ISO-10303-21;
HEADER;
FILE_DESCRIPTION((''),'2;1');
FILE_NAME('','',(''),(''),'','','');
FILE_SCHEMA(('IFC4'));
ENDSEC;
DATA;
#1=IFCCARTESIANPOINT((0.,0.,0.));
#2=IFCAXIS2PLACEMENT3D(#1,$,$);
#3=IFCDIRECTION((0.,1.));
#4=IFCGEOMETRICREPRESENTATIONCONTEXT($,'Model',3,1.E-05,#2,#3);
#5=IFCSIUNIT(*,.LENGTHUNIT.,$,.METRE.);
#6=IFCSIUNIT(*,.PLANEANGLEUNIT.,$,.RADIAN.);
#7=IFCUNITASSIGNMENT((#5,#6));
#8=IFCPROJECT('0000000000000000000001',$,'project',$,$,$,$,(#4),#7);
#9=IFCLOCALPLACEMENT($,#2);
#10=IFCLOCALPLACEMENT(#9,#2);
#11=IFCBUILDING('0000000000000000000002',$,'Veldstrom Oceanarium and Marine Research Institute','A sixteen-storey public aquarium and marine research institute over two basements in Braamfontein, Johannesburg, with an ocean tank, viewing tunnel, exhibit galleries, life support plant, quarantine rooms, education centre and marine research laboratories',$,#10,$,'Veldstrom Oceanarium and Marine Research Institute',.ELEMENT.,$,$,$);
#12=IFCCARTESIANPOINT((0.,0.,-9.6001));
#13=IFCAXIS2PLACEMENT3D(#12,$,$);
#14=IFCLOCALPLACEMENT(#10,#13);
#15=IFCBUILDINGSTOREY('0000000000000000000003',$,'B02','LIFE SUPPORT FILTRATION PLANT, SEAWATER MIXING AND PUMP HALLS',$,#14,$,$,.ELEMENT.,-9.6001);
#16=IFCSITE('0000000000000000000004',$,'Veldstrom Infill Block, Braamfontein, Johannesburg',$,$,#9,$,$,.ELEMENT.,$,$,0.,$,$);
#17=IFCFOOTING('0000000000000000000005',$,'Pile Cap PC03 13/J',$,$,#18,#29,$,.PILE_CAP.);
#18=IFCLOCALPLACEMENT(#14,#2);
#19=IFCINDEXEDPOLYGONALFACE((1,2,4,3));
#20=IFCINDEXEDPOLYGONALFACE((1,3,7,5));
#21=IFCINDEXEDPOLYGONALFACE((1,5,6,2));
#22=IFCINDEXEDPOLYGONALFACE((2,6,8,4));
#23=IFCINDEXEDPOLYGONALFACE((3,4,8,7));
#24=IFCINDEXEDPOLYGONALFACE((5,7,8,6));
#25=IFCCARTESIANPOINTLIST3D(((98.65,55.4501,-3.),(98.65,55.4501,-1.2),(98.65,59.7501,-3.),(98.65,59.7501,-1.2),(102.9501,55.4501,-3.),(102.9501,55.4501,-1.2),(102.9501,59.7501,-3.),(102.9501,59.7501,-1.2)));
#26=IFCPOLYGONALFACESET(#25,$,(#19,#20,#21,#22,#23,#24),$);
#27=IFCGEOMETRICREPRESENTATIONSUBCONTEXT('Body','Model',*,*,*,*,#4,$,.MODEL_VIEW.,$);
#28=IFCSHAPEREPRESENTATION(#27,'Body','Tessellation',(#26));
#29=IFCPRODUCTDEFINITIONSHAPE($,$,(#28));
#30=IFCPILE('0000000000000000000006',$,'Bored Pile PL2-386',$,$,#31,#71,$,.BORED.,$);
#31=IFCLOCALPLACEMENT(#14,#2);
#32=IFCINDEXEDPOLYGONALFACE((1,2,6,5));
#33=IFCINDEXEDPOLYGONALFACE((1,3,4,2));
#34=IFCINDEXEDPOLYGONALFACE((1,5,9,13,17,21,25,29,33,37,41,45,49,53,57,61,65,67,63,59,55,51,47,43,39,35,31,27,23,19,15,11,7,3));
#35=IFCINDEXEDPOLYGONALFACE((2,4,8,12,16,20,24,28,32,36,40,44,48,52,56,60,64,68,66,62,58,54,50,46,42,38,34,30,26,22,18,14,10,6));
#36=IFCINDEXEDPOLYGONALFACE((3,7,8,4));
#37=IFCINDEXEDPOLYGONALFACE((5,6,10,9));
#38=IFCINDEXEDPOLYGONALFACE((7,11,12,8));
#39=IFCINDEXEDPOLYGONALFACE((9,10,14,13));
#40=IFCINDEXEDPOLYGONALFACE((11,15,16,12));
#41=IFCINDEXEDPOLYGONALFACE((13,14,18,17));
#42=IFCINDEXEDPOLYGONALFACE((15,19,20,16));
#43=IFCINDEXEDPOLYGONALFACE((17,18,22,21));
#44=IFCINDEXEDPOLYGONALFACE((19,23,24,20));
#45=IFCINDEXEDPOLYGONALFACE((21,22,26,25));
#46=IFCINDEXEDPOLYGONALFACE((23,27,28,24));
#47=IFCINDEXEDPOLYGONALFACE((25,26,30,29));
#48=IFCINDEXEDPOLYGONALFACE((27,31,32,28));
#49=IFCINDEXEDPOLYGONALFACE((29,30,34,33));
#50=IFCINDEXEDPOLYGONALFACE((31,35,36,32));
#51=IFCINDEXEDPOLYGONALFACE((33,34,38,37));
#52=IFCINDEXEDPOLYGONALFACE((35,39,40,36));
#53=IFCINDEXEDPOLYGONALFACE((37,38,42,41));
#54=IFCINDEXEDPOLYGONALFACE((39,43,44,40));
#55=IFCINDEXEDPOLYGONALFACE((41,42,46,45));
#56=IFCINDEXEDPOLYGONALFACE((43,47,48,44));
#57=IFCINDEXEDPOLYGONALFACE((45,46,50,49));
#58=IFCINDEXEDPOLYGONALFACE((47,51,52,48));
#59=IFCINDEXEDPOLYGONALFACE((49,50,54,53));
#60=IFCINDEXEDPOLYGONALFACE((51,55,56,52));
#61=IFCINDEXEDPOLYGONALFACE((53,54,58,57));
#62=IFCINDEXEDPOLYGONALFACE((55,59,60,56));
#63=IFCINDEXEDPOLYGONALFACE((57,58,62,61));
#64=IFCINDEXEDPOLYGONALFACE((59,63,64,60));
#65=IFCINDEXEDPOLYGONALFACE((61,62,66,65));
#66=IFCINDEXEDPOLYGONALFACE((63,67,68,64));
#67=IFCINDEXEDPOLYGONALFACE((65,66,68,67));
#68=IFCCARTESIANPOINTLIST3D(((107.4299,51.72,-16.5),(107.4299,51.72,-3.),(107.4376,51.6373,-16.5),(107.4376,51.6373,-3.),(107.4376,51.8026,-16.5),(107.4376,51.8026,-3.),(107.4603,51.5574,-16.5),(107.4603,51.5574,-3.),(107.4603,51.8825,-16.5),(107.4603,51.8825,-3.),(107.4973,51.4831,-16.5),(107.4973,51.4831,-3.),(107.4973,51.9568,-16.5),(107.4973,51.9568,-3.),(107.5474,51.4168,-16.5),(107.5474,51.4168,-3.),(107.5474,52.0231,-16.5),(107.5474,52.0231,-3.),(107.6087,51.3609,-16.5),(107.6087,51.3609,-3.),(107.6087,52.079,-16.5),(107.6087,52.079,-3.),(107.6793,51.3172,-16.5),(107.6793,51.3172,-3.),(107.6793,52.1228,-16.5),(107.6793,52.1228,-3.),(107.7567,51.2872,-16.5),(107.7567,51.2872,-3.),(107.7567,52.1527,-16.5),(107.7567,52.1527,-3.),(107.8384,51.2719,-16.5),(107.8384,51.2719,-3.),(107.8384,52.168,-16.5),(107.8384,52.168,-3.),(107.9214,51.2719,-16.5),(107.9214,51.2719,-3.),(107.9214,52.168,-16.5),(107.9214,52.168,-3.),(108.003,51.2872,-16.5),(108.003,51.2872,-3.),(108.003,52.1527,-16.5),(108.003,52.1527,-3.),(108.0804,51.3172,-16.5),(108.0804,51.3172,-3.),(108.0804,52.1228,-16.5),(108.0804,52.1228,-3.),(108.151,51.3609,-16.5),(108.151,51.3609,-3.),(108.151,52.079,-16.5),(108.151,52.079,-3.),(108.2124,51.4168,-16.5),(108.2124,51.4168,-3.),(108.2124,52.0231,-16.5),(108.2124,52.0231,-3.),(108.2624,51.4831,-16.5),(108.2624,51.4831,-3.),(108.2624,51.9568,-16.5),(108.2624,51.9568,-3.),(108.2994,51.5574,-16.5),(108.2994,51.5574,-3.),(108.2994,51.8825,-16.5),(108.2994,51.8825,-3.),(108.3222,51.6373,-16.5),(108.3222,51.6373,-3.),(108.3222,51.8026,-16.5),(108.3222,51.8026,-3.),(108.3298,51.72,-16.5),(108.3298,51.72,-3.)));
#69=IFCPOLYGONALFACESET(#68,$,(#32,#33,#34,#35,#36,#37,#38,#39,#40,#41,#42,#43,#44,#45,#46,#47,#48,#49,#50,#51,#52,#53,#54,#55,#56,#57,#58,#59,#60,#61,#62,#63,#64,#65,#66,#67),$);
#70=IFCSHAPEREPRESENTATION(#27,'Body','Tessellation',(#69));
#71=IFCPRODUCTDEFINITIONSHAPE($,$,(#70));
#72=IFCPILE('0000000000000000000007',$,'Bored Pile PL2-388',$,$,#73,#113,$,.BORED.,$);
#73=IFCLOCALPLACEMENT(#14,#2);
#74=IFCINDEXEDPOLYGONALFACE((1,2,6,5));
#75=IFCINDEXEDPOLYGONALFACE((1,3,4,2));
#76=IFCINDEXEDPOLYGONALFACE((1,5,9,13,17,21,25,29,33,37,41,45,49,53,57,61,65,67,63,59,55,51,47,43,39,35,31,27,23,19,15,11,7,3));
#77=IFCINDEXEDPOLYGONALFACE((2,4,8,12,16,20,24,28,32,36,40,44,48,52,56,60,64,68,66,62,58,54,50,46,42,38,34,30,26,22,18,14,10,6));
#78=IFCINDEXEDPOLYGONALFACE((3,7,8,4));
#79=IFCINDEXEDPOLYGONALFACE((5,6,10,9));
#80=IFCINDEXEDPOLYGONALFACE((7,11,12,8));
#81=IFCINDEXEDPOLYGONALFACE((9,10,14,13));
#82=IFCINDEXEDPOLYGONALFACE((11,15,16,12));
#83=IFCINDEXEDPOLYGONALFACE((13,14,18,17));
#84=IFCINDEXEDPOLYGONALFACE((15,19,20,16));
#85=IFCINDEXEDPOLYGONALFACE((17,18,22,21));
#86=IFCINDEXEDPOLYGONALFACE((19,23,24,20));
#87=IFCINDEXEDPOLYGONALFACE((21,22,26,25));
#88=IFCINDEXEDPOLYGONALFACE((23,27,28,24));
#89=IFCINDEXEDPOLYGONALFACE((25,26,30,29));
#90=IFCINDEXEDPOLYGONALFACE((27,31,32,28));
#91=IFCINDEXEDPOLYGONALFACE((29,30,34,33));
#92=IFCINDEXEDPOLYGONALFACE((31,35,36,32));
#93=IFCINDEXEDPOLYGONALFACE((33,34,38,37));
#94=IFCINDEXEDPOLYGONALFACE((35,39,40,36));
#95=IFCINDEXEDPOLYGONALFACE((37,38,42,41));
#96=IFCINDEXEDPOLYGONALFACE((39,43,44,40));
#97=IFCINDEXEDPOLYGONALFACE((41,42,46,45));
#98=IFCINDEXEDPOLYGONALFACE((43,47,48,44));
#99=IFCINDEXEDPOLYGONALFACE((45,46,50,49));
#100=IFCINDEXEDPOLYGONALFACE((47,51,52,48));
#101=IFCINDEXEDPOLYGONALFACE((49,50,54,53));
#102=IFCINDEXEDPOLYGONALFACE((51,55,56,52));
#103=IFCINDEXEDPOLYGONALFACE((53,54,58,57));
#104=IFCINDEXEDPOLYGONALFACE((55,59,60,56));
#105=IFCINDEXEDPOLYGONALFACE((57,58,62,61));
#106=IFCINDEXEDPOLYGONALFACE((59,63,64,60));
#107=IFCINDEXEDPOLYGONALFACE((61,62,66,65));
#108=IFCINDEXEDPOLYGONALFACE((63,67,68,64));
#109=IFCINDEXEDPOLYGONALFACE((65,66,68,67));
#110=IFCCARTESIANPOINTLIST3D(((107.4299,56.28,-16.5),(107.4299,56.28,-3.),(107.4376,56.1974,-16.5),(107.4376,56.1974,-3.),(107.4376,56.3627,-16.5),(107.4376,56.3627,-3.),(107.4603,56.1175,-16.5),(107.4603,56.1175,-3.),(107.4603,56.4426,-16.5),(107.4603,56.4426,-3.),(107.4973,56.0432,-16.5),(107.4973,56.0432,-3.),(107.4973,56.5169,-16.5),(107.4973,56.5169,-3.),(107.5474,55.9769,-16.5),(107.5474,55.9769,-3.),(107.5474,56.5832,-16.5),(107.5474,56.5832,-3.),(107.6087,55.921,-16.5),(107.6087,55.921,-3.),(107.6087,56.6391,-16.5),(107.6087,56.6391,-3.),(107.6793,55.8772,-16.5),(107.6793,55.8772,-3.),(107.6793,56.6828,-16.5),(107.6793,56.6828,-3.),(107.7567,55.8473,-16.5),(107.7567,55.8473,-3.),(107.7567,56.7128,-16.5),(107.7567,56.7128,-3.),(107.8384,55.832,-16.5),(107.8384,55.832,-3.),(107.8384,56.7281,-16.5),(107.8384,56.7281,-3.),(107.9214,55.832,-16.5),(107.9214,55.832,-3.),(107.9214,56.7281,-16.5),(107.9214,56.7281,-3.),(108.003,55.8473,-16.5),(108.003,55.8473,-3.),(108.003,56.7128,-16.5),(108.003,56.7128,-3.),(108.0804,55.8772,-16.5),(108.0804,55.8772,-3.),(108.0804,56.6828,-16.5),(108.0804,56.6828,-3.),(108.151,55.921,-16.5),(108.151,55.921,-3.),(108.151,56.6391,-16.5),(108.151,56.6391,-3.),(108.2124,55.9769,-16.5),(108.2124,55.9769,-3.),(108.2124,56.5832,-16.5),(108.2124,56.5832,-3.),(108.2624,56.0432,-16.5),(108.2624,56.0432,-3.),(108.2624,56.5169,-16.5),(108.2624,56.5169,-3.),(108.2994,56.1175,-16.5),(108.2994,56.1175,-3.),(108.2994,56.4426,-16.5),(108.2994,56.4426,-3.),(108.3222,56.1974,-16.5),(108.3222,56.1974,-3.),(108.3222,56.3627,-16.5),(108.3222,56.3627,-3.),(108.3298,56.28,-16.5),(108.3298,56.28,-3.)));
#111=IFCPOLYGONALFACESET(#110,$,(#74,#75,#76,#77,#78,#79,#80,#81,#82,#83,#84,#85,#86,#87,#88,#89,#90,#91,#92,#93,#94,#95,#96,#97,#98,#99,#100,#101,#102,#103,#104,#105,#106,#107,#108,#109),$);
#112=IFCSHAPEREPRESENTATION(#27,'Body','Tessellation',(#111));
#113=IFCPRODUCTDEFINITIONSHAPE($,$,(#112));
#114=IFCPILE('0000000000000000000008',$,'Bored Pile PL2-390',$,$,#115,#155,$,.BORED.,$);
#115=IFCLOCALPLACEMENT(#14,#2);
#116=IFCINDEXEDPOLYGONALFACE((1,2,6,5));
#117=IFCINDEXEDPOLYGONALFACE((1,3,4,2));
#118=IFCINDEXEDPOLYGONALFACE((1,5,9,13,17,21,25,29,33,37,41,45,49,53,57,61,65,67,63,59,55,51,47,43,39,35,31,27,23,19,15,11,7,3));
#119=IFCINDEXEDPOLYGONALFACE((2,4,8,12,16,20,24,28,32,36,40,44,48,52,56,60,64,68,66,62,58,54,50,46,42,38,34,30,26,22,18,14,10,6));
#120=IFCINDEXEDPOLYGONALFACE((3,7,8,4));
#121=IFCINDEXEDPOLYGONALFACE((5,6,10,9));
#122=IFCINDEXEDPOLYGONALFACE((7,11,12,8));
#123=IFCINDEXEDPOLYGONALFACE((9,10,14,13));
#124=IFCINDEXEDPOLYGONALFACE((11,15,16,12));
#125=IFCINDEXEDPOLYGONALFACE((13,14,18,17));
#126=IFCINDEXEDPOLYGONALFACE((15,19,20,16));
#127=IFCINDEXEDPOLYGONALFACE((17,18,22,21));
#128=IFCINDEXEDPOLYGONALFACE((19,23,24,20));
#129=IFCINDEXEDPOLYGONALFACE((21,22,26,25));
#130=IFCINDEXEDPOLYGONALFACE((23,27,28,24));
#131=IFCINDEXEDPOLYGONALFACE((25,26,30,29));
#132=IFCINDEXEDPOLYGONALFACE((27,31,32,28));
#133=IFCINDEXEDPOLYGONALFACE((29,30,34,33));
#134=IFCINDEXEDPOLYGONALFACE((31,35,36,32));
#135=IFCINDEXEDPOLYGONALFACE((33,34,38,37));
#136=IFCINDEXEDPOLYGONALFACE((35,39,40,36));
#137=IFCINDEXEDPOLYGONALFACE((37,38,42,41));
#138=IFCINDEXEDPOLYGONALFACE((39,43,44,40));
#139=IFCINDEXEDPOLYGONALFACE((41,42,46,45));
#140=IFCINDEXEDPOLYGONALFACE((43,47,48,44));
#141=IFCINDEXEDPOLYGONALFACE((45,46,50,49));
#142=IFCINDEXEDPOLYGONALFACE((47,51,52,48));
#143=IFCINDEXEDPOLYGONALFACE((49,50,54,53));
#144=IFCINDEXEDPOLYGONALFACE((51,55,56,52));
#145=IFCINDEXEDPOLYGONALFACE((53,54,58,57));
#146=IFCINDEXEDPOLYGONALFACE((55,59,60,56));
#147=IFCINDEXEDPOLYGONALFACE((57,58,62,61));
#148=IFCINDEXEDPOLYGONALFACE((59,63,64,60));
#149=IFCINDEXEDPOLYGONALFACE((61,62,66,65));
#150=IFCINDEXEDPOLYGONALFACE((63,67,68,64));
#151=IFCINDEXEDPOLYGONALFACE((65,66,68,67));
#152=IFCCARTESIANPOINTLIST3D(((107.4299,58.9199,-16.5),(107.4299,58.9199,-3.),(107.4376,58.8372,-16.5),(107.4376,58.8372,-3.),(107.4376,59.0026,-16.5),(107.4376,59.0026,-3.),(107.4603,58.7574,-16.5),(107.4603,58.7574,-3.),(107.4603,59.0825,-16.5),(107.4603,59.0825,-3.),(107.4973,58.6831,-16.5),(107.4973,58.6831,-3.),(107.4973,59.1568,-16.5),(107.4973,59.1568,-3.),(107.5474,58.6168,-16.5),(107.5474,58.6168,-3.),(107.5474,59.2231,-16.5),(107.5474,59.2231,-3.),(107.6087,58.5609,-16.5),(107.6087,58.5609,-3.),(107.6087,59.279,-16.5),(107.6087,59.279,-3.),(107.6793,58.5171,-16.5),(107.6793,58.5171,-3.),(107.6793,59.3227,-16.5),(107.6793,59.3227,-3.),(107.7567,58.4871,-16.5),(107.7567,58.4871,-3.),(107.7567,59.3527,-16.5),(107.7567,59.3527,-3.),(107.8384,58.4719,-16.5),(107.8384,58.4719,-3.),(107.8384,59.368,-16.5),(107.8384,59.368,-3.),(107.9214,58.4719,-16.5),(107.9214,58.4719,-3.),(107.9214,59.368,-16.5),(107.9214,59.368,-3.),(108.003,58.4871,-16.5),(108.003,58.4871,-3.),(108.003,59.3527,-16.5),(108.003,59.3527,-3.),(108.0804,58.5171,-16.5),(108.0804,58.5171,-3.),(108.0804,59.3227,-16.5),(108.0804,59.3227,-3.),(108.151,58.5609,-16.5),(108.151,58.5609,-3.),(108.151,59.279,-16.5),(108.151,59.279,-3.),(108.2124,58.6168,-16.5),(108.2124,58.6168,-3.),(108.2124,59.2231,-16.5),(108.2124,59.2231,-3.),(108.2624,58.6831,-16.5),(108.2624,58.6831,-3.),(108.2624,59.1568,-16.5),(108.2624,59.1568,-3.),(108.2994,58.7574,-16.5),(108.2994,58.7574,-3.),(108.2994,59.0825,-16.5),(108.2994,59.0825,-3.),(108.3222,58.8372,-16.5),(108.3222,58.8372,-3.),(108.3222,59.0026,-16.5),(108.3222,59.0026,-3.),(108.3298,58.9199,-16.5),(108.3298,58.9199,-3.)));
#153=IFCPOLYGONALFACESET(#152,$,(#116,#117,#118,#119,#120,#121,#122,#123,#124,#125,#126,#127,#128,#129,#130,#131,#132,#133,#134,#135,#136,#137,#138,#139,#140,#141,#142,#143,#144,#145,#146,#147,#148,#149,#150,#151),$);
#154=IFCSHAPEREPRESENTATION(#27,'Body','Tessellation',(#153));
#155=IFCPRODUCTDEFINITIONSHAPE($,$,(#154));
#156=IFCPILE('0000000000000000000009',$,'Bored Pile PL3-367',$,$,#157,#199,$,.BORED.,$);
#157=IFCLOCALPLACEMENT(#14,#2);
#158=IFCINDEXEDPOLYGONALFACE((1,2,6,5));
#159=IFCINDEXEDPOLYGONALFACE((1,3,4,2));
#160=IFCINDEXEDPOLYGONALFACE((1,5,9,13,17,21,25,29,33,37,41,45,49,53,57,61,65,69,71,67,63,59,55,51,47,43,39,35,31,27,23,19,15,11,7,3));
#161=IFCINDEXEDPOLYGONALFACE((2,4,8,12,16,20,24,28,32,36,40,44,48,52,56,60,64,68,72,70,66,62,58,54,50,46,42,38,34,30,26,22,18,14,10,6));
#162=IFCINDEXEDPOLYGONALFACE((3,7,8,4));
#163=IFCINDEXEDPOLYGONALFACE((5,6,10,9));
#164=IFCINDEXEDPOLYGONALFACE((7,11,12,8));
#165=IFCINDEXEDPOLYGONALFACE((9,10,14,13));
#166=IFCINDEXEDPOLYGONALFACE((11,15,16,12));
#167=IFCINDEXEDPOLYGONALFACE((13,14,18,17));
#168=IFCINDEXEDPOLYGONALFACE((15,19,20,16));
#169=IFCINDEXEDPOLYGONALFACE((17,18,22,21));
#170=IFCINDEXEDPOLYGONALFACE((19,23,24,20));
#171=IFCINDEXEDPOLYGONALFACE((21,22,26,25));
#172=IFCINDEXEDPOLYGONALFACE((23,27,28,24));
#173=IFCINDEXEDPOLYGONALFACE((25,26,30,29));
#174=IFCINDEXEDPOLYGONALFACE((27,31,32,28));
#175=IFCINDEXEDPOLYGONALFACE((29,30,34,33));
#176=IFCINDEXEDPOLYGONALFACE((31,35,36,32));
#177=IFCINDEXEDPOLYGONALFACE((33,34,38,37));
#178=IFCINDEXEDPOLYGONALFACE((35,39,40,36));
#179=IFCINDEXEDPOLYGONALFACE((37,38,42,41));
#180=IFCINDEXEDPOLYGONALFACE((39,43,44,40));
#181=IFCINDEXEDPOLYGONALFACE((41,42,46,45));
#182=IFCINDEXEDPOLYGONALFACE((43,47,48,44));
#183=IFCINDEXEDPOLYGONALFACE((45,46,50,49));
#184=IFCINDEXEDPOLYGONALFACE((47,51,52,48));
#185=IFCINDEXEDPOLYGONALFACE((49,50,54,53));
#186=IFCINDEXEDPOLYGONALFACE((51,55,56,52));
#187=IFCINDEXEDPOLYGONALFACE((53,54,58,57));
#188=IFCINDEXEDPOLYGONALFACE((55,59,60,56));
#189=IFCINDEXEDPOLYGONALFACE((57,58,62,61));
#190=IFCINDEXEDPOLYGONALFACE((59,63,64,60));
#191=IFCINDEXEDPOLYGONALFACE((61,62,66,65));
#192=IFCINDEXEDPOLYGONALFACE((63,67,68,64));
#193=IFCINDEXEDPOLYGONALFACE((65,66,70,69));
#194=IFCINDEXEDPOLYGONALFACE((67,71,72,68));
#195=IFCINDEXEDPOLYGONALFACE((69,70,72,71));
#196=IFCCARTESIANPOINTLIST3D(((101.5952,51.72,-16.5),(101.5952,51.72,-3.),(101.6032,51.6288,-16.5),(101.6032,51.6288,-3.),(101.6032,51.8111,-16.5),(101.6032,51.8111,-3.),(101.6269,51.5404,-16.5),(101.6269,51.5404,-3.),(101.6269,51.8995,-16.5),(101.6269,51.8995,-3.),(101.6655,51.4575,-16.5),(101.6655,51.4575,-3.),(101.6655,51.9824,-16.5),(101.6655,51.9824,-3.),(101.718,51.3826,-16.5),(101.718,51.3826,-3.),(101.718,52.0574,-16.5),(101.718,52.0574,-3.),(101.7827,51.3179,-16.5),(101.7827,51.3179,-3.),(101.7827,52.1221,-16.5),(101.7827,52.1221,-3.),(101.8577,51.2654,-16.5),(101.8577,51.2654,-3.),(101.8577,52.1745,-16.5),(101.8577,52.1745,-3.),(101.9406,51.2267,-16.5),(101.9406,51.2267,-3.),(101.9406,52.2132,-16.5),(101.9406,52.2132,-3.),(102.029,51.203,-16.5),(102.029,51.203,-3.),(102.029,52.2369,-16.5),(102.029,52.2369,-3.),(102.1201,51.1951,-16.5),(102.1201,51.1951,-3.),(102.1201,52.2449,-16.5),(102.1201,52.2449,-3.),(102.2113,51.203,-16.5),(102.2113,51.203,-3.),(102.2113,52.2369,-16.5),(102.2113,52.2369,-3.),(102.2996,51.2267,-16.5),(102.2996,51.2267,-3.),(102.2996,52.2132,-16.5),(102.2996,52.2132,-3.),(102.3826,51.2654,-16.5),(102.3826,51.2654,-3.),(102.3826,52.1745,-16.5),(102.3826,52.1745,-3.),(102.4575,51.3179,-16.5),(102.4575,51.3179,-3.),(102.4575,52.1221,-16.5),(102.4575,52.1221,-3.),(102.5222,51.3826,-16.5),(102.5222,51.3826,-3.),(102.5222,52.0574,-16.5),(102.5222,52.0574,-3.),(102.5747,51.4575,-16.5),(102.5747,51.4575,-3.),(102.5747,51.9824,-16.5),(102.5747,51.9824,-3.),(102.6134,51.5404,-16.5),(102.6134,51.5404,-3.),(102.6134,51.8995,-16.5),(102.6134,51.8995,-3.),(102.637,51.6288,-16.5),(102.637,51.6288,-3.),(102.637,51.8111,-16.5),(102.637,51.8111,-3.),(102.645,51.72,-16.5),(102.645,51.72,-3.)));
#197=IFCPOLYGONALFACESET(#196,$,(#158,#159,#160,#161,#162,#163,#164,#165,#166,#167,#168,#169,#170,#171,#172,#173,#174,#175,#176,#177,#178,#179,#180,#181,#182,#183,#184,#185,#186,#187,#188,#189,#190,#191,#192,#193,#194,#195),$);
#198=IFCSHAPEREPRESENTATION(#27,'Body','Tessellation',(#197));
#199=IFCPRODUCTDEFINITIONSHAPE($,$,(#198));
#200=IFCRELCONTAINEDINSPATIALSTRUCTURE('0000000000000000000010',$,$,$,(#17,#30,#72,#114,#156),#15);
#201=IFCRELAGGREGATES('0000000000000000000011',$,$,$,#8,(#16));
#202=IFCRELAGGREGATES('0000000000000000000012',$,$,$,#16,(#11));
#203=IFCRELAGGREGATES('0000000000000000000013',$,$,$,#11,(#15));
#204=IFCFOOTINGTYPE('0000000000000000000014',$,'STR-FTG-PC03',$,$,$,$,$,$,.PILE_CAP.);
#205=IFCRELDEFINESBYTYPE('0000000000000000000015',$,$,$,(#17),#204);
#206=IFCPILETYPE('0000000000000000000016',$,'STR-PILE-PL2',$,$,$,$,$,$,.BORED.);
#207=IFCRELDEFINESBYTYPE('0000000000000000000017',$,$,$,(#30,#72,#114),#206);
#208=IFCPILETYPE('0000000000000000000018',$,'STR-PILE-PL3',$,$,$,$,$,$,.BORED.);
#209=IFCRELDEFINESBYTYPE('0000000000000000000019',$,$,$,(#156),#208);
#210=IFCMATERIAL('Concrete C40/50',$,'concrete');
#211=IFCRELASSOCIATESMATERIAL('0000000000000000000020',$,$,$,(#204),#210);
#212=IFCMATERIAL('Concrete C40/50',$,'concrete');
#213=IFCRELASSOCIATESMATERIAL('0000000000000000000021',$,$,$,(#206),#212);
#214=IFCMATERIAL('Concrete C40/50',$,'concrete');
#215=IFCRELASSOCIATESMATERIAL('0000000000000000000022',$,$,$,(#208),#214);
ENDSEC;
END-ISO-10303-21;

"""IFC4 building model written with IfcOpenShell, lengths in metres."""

from ifc_helpers import new_model, si_unit, direction, frame, origin, origin_2d, place, context, subcontext, project, spatial, rectangle, circle, extrude, material, material_profile, profile_set, type_object, element, save


model = new_model("IFC4")

# Units and contexts
model_context = context("Model", 3, precision=1e-05, world=origin(), true_north=direction((0.0, 1.0)))
body_context = subcontext(model_context, "Body", "Model", "MODEL_VIEW")
ifc_project = project(units=[si_unit("LENGTHUNIT", "METRE"), si_unit("PLANEANGLEUNIT", "RADIAN")], contexts=[model_context])

# Site, building, storey
site_placement = place(None, origin())
site = spatial("IfcSite", under=ifc_project, at=site_placement, Name="Veldstrom Infill Block, Braamfontein, Johannesburg", CompositionType="ELEMENT", RefElevation=0.0)
building_placement = place(site_placement, origin())
building = spatial("IfcBuilding", under=site, at=building_placement, Name="Veldstrom Oceanarium and Marine Research Institute", Description="A sixteen-storey public aquarium and marine research institute over two basements in Braamfontein, Johannesburg, with an ocean tank, viewing tunnel, exhibit galleries, life support plant, quarantine rooms, education centre and marine research laboratories", LongName="Veldstrom Oceanarium and Marine Research Institute", CompositionType="ELEMENT")
storey_placement = place(building_placement, frame((0.0, 0.0, -9.6001)))
storey = spatial("IfcBuildingStorey", under=building, at=storey_placement, Name="B02", Description="LIFE SUPPORT FILTRATION PLANT, SEAWATER MIXING AND PUMP HALLS", CompositionType="ELEMENT", Elevation=-9.6001)

# Footing
ifc_material_1 = material(Name="Concrete C40/50", Category="concrete")
footing_type = type_object("IfcFootingType", Name="STR-FTG-PC03", PredefinedType="PILE_CAP", material=ifc_material_1)
footing_placement = place(storey_placement, frame((100.8, 57.6001, -3.0), z_axis=(0.0, 0.0, 1.0), x_axis=(1.0, 0.0, 0.0)))
element("IfcFooting", 1, at=footing_placement, inside=storey, type_object=footing_type, Name="Pile Cap PC03 13/J", PredefinedType="PILE_CAP", context=body_context, shape_type="SweptSolid", body=[
    extrude(rectangle(XDim=4.3, YDim=4.3, at=origin_2d()), origin(), (0.0, 0.0, 1.0), 1.8),
])

# Piles
ifc_material_2 = material(Name="Concrete C40/50", Category="concrete")
ifc_material_profile_1 = material_profile(ifc_material_2, circle(Radius=0.45, at=origin_2d()), Name="PILE-D900")
ifc_profile_set_1 = profile_set([ifc_material_profile_1], Name="Concrete C40/50")
pile_type_1 = type_object("IfcPileType", Name="STR-PILE-PL2", PredefinedType="BORED", material=ifc_profile_set_1)
for number, where, z_axis, x_axis, name in (
    (2, (107.8799, 51.72, -3.0), (0.0, 0.0, -1.0), (1.0, 0.0, 0.0), "Bored Pile PL2-386"),
    (3, (107.8799, 56.28, -3.0), (0.0, 0.0, -1.0), (1.0, 0.0, 0.0), "Bored Pile PL2-388"),
    (4, (107.8799, 58.9199, -3.0), (0.0, 0.0, -1.0), (1.0, 0.0, 0.0), "Bored Pile PL2-390"),
):
    element("IfcPile", number, at=place(storey_placement, frame(where, z_axis=z_axis, x_axis=x_axis)), inside=storey, type_object=pile_type_1, Name=name, PredefinedType="BORED", context=body_context, shape_type="SweptSolid", body=[
        extrude(circle(Radius=0.45, at=origin_2d()), origin(), (0.0, 0.0, 1.0), 13.5),
    ])
ifc_material_3 = material(Name="Concrete C40/50", Category="concrete")
ifc_material_profile_2 = material_profile(ifc_material_3, circle(Radius=0.5249, at=origin_2d()), Name="PILE-D1050")
ifc_profile_set_2 = profile_set([ifc_material_profile_2], Name="Concrete C40/50")
pile_type_2 = type_object("IfcPileType", Name="STR-PILE-PL3", PredefinedType="BORED", material=ifc_profile_set_2)
for number, where, z_axis, x_axis, name in (
    (5, (102.1201, 51.72, -3.0), (0.0, 0.0, -1.0), (1.0, 0.0, 0.0), "Bored Pile PL3-367"),
):
    element("IfcPile", number, at=place(storey_placement, frame(where, z_axis=z_axis, x_axis=x_axis)), inside=storey, type_object=pile_type_2, Name=name, PredefinedType="BORED", context=body_context, shape_type="SweptSolid", body=[
        extrude(circle(Radius=0.5249, at=origin_2d()), origin(), (0.0, 0.0, 1.0), 13.5),
    ])

save(model, "model.ifc")
